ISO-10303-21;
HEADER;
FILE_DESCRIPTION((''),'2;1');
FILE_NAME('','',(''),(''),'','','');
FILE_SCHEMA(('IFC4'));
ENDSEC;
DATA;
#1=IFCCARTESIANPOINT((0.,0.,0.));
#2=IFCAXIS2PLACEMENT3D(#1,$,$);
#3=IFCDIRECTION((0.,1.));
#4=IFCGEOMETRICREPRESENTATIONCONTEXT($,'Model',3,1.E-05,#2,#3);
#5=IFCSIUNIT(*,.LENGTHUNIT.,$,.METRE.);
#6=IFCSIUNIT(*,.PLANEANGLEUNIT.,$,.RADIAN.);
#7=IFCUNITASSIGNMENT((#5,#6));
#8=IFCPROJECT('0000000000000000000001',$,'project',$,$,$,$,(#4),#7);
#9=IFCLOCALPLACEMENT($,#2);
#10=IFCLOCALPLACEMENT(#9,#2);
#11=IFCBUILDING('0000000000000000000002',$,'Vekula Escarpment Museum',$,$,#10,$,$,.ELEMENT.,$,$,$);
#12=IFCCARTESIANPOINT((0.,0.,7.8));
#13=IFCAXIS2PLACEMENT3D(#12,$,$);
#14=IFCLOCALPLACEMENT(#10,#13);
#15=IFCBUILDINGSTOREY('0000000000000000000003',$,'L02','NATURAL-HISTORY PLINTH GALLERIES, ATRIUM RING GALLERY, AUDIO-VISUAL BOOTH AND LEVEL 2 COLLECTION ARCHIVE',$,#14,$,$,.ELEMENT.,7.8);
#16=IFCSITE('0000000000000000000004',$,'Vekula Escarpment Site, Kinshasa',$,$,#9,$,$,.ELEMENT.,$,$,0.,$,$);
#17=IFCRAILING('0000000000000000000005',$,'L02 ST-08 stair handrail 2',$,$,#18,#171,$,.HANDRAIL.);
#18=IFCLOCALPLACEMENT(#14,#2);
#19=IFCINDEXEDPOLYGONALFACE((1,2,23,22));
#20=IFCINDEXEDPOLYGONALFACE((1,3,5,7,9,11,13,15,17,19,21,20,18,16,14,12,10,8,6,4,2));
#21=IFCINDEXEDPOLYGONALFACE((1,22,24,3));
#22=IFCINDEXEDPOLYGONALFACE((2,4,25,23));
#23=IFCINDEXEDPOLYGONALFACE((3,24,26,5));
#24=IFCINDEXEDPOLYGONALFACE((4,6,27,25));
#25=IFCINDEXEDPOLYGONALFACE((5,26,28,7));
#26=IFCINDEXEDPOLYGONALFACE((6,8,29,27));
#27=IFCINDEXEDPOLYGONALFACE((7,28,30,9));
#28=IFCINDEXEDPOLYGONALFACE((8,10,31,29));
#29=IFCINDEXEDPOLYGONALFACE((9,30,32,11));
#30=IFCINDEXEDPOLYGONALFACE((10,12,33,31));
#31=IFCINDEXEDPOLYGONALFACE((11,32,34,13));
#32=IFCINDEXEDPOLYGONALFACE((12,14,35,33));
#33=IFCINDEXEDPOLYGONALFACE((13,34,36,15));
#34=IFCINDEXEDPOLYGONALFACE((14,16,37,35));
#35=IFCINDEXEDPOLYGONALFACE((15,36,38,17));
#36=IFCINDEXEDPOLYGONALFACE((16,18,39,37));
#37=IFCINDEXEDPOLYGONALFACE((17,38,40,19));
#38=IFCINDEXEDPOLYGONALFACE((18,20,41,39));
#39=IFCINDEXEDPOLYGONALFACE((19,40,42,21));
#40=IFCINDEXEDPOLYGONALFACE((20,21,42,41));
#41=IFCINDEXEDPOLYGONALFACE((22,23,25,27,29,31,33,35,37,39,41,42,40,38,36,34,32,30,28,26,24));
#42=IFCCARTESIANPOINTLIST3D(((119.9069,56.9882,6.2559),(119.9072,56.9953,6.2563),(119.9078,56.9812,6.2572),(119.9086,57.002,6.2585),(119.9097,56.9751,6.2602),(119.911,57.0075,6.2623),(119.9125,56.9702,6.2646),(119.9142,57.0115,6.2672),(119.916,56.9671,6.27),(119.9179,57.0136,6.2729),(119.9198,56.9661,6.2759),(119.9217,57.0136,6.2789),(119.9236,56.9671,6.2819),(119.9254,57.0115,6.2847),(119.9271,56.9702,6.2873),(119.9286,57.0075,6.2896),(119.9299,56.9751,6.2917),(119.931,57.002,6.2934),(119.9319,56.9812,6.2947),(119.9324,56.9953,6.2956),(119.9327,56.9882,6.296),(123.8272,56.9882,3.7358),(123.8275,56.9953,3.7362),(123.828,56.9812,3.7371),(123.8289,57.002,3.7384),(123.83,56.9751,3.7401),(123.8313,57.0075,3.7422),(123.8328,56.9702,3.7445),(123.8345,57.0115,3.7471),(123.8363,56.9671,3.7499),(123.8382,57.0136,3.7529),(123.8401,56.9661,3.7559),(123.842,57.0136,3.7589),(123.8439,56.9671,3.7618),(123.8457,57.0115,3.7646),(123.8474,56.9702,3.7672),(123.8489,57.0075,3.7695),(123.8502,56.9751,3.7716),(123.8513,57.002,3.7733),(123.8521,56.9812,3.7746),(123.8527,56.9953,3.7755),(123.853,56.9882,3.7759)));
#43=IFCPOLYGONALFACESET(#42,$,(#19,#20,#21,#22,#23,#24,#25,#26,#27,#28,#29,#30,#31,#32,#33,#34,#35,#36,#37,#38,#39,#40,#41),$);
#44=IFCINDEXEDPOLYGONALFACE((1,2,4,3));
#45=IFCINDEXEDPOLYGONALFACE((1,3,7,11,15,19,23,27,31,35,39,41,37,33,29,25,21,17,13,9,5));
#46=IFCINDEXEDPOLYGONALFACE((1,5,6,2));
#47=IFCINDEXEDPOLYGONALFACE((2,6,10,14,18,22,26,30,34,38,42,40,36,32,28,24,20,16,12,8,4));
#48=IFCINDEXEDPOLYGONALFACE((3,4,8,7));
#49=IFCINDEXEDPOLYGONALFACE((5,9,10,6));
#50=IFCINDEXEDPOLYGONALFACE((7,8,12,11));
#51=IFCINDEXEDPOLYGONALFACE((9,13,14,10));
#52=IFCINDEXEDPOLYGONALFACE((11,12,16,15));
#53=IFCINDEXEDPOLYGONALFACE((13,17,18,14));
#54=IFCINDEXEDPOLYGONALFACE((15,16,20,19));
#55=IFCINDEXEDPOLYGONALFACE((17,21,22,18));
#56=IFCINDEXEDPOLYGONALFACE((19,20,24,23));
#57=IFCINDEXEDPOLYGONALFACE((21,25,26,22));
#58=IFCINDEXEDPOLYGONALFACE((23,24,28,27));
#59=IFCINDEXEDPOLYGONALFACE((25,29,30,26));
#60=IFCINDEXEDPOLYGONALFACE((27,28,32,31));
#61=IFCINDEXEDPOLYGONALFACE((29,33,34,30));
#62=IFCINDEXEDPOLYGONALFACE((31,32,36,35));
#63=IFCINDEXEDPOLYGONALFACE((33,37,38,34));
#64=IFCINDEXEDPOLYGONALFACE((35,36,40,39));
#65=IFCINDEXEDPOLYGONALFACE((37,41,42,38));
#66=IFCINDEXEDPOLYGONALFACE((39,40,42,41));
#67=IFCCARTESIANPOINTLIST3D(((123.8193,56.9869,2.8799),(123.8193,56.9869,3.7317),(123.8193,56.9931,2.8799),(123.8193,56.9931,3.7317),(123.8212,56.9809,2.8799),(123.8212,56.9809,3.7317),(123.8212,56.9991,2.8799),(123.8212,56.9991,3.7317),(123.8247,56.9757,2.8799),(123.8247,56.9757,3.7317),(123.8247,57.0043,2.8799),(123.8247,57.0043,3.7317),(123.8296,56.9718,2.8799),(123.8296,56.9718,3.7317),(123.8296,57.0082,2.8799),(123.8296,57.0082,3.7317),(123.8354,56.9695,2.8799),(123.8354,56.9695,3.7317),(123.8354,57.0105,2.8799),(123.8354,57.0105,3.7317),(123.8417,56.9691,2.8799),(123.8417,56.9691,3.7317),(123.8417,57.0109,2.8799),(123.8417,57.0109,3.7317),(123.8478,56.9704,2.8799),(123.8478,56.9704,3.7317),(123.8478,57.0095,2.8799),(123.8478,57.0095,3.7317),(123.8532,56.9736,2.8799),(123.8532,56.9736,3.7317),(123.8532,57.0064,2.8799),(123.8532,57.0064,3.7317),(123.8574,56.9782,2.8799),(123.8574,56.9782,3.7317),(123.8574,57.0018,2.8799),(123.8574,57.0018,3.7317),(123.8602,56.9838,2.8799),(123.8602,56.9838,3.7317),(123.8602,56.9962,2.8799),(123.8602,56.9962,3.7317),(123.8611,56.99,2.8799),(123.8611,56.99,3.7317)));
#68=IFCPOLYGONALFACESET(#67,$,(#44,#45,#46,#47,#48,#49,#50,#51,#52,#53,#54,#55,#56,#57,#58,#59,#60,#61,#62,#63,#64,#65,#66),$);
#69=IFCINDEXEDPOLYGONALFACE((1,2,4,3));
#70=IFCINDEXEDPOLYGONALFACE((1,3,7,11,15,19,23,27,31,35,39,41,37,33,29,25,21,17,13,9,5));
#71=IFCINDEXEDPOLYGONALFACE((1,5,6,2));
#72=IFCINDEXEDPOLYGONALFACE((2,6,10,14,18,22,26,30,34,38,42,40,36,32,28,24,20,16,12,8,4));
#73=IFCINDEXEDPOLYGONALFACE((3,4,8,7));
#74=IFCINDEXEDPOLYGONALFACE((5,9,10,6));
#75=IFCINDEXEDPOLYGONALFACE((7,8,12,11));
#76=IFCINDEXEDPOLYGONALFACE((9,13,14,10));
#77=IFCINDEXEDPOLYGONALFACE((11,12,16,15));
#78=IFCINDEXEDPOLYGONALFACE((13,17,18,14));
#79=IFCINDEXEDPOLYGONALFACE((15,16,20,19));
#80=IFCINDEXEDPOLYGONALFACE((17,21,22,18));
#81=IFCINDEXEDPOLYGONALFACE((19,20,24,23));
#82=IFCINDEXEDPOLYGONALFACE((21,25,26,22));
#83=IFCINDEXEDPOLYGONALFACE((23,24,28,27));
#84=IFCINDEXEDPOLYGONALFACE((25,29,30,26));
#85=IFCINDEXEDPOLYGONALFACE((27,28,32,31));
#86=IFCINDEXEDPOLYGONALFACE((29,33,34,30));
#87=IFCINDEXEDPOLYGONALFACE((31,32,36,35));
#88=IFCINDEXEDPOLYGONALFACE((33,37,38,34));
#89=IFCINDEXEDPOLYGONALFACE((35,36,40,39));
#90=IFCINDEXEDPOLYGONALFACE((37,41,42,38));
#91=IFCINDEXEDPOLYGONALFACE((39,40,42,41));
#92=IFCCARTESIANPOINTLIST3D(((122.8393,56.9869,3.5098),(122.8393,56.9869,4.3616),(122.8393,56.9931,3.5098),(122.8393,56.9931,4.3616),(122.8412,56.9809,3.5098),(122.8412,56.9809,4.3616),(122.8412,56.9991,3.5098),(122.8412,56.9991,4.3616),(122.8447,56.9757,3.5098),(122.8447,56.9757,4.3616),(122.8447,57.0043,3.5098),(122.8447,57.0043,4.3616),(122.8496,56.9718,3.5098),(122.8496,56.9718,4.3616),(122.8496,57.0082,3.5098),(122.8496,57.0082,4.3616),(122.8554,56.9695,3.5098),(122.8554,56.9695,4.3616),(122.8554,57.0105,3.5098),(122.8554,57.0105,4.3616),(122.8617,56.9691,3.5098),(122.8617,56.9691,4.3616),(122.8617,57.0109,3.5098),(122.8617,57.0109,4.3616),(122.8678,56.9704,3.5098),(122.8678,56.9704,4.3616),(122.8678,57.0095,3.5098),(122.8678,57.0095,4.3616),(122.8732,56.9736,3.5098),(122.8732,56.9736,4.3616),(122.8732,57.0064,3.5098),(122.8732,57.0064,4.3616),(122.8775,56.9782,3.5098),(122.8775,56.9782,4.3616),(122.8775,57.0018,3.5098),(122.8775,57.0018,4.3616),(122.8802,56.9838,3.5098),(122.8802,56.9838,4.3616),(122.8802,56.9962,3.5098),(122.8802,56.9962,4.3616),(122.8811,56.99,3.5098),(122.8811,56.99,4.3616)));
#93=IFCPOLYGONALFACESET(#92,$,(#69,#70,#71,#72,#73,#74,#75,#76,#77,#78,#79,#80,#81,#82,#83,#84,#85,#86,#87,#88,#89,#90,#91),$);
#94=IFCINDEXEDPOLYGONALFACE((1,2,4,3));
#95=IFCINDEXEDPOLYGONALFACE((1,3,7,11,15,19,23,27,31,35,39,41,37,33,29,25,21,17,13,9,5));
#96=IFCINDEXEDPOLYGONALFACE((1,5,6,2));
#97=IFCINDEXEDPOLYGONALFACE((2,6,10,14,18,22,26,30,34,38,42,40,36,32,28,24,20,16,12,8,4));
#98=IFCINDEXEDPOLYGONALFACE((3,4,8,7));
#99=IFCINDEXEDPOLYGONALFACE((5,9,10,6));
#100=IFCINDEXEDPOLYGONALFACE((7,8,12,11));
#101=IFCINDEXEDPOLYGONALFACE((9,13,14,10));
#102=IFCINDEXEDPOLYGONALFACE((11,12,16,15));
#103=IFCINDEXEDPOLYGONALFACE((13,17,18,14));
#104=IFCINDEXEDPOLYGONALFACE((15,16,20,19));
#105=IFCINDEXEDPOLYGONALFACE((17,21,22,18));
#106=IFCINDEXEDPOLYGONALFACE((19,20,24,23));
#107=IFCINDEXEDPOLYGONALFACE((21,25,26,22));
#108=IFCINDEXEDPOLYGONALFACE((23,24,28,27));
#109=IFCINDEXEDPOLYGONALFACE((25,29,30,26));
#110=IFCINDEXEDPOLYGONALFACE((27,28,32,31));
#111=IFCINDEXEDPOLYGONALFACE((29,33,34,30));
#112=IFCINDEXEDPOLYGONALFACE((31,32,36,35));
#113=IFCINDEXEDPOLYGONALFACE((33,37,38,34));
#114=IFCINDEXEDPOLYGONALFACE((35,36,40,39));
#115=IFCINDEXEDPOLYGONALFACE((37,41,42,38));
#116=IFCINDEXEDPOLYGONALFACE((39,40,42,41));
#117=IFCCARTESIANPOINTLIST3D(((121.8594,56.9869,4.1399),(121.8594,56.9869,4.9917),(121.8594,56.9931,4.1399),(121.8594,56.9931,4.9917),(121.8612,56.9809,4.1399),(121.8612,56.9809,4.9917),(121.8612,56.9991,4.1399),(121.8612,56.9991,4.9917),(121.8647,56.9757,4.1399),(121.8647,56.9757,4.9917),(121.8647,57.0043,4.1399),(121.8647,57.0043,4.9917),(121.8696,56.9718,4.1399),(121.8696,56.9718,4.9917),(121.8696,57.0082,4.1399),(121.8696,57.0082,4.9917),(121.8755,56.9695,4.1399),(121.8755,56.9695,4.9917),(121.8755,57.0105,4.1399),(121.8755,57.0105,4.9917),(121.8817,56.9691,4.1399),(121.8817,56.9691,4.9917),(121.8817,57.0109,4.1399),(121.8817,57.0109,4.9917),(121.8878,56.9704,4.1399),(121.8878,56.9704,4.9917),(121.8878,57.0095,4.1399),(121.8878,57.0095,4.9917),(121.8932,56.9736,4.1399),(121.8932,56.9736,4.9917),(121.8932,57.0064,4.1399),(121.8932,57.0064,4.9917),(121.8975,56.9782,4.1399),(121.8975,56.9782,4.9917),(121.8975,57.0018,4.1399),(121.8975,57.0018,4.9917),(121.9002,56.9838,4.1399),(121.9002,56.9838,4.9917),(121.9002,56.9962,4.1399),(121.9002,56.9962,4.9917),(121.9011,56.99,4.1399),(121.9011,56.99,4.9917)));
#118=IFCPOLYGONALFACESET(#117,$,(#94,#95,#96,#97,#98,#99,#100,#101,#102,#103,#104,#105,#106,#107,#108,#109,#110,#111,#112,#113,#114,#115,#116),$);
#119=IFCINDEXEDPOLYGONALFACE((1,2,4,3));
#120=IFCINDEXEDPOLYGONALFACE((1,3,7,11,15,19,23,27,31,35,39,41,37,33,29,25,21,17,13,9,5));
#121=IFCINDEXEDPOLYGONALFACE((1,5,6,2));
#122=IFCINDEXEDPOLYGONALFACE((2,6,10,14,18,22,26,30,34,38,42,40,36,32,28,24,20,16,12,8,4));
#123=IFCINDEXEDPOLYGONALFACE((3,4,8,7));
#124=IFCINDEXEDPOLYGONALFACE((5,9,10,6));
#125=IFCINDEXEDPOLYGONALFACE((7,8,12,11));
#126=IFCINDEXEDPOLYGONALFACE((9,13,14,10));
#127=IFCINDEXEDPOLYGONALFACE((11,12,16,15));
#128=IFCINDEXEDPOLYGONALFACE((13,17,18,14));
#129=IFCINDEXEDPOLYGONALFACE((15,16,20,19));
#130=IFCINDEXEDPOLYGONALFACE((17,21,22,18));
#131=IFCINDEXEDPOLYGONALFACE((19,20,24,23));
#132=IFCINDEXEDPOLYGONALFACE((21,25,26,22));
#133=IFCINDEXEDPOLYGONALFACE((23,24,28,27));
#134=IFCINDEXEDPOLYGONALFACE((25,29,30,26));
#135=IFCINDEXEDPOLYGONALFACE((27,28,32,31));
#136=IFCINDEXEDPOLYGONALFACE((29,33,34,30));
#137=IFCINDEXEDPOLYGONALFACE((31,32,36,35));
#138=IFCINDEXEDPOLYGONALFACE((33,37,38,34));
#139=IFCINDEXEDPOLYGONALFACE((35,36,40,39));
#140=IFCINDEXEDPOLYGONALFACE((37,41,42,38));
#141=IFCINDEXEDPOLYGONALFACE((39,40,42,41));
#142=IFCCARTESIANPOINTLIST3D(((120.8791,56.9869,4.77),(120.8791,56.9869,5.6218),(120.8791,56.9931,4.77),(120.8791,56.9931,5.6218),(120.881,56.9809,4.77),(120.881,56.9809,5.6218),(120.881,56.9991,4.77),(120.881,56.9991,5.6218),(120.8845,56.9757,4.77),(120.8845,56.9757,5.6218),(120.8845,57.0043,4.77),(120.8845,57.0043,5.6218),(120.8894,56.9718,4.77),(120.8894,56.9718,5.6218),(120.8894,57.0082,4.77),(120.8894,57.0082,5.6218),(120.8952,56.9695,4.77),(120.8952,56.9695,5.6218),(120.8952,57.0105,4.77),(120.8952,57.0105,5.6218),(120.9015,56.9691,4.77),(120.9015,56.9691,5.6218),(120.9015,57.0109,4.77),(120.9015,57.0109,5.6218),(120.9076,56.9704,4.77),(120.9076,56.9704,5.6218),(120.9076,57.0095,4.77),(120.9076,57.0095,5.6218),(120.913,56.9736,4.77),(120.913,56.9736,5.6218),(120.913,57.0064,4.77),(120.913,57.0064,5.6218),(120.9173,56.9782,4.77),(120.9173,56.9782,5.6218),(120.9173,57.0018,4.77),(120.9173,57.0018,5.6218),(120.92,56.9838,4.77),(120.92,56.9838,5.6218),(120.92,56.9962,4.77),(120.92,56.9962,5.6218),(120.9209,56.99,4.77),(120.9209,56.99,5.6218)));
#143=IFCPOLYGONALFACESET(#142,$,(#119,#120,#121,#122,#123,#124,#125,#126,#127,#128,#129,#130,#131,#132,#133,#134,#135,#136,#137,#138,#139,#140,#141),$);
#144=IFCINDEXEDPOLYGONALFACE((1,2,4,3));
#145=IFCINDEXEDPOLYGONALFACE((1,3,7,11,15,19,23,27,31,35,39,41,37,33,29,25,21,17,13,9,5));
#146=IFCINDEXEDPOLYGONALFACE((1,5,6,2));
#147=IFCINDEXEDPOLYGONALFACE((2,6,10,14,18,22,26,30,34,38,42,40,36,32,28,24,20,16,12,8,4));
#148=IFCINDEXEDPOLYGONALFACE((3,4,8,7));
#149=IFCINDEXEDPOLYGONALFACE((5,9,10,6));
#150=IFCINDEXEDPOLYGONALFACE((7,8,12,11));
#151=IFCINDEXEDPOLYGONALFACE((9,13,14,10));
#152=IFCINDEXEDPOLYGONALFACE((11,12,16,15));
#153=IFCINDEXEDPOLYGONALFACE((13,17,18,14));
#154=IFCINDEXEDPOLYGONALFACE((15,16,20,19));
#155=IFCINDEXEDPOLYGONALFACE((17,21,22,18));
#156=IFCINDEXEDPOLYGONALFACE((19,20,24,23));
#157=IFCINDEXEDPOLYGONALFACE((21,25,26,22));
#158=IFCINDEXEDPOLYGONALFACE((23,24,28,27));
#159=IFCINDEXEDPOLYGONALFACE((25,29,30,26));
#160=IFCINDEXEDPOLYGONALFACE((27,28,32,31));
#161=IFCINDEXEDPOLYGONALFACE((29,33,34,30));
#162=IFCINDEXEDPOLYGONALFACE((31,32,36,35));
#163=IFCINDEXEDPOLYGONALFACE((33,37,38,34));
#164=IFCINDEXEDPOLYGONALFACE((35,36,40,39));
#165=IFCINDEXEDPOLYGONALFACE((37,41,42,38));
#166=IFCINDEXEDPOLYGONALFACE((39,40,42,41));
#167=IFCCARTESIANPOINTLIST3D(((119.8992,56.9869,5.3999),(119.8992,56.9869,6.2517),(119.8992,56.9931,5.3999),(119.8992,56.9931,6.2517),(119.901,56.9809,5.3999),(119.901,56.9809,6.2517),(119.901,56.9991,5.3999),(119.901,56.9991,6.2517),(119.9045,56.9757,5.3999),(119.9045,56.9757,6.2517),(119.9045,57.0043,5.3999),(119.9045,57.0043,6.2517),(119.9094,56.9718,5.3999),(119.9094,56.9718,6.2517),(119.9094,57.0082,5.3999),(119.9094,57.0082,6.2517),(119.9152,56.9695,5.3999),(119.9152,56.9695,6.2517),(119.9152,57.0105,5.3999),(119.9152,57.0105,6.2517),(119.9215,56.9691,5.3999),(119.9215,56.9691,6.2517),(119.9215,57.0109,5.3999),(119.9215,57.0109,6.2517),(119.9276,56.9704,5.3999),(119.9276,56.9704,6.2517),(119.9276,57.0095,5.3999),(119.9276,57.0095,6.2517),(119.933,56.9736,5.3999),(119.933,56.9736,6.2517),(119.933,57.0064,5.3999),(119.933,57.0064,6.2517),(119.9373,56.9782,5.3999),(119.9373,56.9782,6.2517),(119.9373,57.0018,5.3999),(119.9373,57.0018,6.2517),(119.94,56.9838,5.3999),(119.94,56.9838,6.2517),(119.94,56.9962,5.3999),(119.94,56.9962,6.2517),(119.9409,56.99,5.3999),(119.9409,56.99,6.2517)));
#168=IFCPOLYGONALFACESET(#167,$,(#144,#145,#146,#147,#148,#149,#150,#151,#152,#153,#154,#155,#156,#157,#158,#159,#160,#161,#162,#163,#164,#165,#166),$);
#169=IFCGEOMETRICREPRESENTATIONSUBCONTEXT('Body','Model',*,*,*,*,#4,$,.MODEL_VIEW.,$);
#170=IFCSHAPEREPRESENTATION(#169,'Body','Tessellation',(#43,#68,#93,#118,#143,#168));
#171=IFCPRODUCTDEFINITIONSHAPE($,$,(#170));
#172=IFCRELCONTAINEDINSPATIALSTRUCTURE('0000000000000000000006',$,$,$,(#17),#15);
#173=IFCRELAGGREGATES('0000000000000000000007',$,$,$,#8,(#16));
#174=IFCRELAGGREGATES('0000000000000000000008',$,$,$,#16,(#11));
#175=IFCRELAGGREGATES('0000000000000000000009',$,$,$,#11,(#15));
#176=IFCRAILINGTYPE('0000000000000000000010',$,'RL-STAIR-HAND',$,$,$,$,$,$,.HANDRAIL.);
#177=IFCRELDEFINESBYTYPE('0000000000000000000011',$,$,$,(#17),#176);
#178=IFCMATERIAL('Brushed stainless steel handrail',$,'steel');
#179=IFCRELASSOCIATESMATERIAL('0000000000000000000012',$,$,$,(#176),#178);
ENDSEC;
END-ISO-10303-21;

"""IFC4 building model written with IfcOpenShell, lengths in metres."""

from ifc_helpers import new_model, si_unit, direction, frame, origin, origin_2d, place, context, subcontext, project, spatial, circle, extrude, material, type_object, element, save


model = new_model("IFC4")

# Units and contexts
model_context = context("Model", 3, precision=1e-05, world=origin(), true_north=direction((0.0, 1.0)))
body_context = subcontext(model_context, "Body", "Model", "MODEL_VIEW")
ifc_project = project(units=[si_unit("LENGTHUNIT", "METRE"), si_unit("PLANEANGLEUNIT", "RADIAN")], contexts=[model_context])

# Site, building, storey
site_placement = place(None, origin())
site = spatial("IfcSite", under=ifc_project, at=site_placement, Name="Vekula Escarpment Site, Kinshasa", CompositionType="ELEMENT", RefElevation=0.0)
building_placement = place(site_placement, origin())
building = spatial("IfcBuilding", under=site, at=building_placement, Name="Vekula Escarpment Museum", CompositionType="ELEMENT")
storey_placement = place(building_placement, frame((0.0, 0.0, 7.8)))
storey = spatial("IfcBuildingStorey", under=building, at=storey_placement, Name="L02", Description="NATURAL-HISTORY PLINTH GALLERIES, ATRIUM RING GALLERY, AUDIO-VISUAL BOOTH AND LEVEL 2 COLLECTION ARCHIVE", CompositionType="ELEMENT", Elevation=7.8)

# Railing
ifc_material_1 = material(Name="Brushed stainless steel handrail", Category="steel")
railing_type_1 = type_object("IfcRailingType", Name="RL-STAIR-HAND", PredefinedType="HANDRAIL", material=ifc_material_1)
railing_1_placement = place(storey_placement, frame((123.8401, 56.99, 2.8799)))
element("IfcRailing", 1, at=railing_1_placement, inside=storey, type_object=railing_type_1, Name="L02 ST-08 stair handrail 2", PredefinedType="HANDRAIL", context=body_context, shape_type="SweptSolid", body=[
    extrude(circle(Radius=0.0239, at=origin_2d()), frame((0.0, 0.0, 0.876), z_axis=(-0.841187, 0.0, 0.540744), x_axis=(0.0, -1.0, 0.0)), (0.0, 0.0, 1.0), 4.6604),
    extrude(circle(Radius=0.021, at=origin_2d()), origin(), (0.0, 0.0, 1.0), 0.8518),
    extrude(circle(Radius=0.021, at=origin_2d()), frame((-0.98, 0.0, 0.6299)), (0.0, 0.0, 1.0), 0.8518),
    extrude(circle(Radius=0.021, at=origin_2d()), frame((-1.96, 0.0, 1.26)), (0.0, 0.0, 1.0), 0.8518),
    extrude(circle(Radius=0.021, at=origin_2d()), frame((-2.9402, 0.0, 1.8901)), (0.0, 0.0, 1.0), 0.8518),
    extrude(circle(Radius=0.021, at=origin_2d()), frame((-3.9202, 0.0, 2.52)), (0.0, 0.0, 1.0), 0.8518),
])

save(model, "model.ifc")
